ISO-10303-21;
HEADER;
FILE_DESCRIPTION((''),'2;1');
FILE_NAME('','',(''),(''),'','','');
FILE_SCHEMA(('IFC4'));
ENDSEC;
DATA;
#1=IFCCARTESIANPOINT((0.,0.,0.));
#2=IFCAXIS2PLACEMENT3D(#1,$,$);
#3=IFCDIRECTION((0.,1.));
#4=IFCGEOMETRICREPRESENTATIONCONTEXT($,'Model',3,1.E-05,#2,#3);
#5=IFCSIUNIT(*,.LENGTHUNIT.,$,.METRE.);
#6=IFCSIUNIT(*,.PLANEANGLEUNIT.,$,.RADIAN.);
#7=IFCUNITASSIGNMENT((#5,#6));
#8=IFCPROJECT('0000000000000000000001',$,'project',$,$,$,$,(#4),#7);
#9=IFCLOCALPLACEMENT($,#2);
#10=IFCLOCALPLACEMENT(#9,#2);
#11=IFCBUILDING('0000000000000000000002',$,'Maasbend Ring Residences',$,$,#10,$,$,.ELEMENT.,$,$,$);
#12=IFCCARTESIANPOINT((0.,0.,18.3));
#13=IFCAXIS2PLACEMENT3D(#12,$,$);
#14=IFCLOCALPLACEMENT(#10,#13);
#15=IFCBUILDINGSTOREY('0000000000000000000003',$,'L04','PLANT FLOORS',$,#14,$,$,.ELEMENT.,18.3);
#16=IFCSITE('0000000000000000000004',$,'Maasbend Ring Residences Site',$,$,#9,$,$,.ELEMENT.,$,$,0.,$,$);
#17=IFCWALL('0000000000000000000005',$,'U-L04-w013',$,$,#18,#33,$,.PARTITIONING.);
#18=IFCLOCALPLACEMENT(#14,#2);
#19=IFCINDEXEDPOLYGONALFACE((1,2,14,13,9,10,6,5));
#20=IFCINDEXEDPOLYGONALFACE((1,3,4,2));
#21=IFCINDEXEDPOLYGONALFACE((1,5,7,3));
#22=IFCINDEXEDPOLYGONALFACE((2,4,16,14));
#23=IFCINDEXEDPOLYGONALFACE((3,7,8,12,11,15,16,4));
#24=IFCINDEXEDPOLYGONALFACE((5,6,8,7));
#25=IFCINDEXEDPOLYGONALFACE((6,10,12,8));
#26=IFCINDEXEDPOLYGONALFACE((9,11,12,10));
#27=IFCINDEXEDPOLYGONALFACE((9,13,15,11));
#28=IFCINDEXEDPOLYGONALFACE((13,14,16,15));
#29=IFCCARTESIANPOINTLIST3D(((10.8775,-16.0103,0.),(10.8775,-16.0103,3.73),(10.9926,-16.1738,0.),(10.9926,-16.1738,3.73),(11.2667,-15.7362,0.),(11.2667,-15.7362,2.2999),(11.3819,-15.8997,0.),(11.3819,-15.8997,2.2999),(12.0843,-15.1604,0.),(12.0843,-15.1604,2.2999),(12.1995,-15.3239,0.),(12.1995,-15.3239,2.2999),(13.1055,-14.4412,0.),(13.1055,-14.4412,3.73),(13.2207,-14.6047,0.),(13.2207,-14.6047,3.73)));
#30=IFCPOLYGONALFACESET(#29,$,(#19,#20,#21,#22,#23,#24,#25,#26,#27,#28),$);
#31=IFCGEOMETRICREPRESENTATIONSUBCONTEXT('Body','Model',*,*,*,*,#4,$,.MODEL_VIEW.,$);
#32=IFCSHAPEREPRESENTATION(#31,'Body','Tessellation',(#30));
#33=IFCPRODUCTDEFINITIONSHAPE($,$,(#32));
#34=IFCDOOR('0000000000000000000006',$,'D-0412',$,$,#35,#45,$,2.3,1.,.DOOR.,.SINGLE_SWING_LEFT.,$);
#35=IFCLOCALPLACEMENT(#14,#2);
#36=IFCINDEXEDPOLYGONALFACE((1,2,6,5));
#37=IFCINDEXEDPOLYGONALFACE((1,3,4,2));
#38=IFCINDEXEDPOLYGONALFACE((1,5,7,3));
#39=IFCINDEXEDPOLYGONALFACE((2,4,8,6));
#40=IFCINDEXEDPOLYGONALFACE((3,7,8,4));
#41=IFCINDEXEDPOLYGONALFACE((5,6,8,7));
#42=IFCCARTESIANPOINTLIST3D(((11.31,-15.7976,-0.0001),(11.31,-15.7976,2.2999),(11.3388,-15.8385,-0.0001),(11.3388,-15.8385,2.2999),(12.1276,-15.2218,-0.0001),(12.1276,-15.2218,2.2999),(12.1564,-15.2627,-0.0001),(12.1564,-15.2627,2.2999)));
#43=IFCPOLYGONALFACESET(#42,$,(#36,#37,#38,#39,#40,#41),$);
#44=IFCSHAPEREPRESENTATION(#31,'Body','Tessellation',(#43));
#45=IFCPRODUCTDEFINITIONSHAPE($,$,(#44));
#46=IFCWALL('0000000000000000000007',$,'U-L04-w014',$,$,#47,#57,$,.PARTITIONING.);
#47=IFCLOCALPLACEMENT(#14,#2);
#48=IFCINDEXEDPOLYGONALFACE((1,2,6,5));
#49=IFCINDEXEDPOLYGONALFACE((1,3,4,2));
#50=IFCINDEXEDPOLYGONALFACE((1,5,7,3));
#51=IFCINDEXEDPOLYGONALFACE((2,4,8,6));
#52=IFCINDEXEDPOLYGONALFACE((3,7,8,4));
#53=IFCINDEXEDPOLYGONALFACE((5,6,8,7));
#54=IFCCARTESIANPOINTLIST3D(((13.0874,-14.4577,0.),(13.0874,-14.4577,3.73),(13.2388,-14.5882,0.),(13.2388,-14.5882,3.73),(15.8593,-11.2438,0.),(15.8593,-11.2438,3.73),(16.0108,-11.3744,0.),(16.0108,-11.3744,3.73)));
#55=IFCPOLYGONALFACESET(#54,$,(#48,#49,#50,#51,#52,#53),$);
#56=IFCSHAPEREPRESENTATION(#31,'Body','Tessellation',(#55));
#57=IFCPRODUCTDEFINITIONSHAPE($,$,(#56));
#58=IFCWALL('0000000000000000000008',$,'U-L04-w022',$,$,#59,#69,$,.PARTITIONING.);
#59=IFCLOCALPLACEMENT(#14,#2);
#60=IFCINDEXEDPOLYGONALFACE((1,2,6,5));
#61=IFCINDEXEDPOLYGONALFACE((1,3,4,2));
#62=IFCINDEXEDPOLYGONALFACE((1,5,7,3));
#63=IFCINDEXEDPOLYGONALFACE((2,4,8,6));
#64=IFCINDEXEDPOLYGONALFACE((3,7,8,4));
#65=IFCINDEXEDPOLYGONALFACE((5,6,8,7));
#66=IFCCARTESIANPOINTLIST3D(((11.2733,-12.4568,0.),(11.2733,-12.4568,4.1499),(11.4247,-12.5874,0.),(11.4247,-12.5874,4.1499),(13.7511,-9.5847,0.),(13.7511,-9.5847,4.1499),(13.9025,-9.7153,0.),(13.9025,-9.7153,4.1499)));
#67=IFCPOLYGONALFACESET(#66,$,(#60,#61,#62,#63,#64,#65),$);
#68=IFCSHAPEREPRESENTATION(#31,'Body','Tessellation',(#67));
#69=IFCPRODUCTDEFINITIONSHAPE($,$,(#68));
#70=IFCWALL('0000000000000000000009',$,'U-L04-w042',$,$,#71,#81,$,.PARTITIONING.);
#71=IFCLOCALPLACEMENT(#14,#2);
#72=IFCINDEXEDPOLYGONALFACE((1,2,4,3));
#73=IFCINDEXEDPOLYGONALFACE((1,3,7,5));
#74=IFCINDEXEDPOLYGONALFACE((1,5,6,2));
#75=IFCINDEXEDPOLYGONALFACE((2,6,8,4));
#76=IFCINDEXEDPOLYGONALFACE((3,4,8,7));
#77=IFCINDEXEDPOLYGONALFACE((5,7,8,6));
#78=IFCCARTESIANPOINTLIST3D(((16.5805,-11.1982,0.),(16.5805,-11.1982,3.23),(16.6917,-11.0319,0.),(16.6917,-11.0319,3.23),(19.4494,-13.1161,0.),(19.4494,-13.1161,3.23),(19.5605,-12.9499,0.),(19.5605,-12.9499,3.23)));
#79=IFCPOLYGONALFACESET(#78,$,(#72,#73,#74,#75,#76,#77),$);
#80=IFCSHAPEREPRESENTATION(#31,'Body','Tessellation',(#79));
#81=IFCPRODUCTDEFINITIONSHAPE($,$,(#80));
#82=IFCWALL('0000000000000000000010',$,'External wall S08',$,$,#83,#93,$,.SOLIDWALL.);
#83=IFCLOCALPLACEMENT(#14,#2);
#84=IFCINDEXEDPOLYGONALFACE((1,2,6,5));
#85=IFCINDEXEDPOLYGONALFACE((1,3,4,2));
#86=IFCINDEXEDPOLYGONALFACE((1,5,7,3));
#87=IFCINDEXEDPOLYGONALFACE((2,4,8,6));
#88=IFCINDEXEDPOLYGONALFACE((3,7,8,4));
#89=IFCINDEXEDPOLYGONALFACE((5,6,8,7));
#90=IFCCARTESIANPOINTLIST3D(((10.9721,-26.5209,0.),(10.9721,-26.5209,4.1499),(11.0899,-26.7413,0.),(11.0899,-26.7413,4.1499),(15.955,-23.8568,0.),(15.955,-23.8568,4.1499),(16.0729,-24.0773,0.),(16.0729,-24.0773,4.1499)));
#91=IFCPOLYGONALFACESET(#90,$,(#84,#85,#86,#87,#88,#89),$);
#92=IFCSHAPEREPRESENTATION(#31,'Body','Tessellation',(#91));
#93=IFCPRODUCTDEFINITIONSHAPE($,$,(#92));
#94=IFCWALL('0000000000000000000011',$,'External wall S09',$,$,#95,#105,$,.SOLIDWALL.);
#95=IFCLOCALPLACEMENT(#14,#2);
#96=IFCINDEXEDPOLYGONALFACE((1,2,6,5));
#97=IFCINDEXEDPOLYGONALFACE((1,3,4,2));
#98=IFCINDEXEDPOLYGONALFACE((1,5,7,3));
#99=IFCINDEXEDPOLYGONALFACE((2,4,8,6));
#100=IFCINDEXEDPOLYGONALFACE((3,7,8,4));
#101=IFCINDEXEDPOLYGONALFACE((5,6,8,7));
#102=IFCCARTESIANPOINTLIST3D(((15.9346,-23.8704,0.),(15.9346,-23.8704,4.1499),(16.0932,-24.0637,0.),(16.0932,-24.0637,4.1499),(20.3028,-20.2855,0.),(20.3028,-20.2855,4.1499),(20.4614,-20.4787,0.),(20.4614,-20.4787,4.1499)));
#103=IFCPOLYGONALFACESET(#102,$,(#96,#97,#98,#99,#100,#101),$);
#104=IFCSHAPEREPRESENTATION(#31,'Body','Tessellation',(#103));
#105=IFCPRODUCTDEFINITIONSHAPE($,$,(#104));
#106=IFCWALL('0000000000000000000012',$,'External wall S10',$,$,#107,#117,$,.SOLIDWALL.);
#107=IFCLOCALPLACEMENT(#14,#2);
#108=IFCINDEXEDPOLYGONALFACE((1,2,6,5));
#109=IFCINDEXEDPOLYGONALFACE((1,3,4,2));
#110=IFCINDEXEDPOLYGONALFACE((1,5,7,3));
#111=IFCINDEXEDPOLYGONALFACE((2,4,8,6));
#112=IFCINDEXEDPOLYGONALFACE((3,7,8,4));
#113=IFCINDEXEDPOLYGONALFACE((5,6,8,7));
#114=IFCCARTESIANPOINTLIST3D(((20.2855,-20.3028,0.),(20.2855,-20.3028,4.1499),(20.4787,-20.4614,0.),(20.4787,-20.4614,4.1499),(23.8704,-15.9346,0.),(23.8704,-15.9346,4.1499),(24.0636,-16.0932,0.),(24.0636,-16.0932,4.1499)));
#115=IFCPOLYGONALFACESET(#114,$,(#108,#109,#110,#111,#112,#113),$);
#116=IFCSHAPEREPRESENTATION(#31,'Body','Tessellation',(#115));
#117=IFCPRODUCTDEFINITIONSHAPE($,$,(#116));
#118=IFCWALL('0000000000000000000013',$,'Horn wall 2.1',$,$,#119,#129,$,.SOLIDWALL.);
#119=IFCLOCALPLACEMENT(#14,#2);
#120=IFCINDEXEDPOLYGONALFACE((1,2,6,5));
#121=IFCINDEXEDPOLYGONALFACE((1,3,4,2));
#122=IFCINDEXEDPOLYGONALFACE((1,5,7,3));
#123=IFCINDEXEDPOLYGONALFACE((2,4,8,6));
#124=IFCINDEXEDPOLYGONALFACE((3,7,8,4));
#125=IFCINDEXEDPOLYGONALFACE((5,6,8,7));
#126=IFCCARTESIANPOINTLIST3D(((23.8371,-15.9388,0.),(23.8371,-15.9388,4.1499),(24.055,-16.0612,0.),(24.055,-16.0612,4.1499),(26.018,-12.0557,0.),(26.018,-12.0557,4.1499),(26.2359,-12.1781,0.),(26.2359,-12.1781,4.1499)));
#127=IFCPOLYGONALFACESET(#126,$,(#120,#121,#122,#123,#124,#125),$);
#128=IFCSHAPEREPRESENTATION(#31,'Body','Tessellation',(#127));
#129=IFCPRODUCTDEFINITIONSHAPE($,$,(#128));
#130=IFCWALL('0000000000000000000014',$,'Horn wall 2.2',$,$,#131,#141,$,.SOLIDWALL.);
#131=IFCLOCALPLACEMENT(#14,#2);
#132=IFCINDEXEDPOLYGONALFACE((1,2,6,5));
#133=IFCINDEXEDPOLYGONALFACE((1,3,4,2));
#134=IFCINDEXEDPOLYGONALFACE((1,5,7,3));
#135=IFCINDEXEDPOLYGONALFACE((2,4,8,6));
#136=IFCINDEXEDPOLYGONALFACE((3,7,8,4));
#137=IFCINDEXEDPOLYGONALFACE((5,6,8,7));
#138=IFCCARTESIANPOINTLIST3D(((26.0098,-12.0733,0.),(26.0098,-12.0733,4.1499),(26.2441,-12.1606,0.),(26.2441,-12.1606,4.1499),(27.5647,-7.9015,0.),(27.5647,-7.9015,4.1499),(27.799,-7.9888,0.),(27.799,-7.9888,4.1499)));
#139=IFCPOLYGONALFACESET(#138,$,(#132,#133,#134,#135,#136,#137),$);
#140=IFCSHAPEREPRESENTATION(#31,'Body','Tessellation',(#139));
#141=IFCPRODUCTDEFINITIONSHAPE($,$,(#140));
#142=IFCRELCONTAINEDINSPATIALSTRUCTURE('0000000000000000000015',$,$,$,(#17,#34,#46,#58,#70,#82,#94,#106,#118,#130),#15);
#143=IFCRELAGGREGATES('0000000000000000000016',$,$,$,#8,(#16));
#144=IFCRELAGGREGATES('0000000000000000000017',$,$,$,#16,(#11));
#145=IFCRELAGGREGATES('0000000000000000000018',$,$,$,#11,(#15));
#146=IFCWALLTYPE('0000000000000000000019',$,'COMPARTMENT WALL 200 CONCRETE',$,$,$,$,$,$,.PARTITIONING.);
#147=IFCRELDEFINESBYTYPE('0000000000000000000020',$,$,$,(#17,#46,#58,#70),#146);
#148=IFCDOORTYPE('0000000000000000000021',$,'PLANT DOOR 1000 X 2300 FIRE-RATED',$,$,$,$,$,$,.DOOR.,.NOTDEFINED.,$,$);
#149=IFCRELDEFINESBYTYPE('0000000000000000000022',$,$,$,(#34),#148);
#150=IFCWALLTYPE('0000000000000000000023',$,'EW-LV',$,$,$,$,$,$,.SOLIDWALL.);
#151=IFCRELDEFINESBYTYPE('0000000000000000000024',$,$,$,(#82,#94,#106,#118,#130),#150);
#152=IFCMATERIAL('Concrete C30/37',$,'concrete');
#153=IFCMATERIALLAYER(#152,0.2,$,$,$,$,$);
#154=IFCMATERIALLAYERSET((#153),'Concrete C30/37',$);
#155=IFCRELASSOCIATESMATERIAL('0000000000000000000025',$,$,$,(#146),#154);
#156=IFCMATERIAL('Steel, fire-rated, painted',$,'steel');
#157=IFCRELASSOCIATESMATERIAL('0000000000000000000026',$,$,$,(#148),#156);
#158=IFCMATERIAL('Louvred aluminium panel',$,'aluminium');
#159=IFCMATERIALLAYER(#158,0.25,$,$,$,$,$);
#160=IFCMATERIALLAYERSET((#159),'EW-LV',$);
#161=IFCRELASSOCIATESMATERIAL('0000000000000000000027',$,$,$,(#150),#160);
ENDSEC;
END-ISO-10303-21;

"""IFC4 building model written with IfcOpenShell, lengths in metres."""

from ifc_helpers import new_model, si_unit, direction, frame, frame_2d, origin, place, context, subcontext, project, spatial, rectangle, extrude, material, layer, layer_set, type_object, element, fill, save


model = new_model("IFC4")

# Units and contexts
model_context = context("Model", 3, precision=1e-05, world=origin(), true_north=direction((0.0, 1.0)))
body_context = subcontext(model_context, "Body", "Model", "MODEL_VIEW")
ifc_project = project(units=[si_unit("LENGTHUNIT", "METRE"), si_unit("PLANEANGLEUNIT", "RADIAN")], contexts=[model_context])

# Site, building, storey
site_placement = place(None, origin())
site = spatial("IfcSite", under=ifc_project, at=site_placement, Name="Maasbend Ring Residences Site", CompositionType="ELEMENT", RefElevation=0.0)
building_placement = place(site_placement, origin())
building = spatial("IfcBuilding", under=site, at=building_placement, Name="Maasbend Ring Residences", CompositionType="ELEMENT")
storey_placement = place(building_placement, frame((0.0, 0.0, 18.3)))
storey = spatial("IfcBuildingStorey", under=building, at=storey_placement, Name="L04", Description="PLANT FLOORS", CompositionType="ELEMENT", Elevation=18.3)

# Wall, opening, door
ifc_material_1 = material(Name="Concrete C30/37", Category="concrete")
ifc_layer_1 = layer(ifc_material_1, 0.2)
ifc_layer_set_1 = layer_set([ifc_layer_1], Name="Concrete C30/37")
wall_type_1 = type_object("IfcWallType", Name="COMPARTMENT WALL 200 CONCRETE", PredefinedType="PARTITIONING", material=ifc_layer_set_1)
wall_1_placement = place(storey_placement, frame((10.9351, -16.092, 0.0), z_axis=(0.0, 0.0, 1.0), x_axis=(0.817596, 0.575793, 0.0)))
wall_1 = element("IfcWall", 1, at=wall_1_placement, inside=storey, type_object=wall_type_1, Name="U-L04-w013", PredefinedType="PARTITIONING", context=body_context, shape_type="SweptSolid", body=[
    extrude(rectangle(XDim=2.7251, YDim=0.2, at=frame_2d((1.3625, 0.0))), origin(), (0.0, 0.0, 1.0), 3.73),
])
opening_placement = place(wall_1_placement, frame((0.4761, 0.0, 0.0)))
opening = element("IfcOpeningElement", 2, at=opening_placement, cuts=wall_1, PredefinedType="OPENING", context=body_context, shape_type="SweptSolid", body=[
    extrude(rectangle(XDim=1.0, YDim=2.3, at=frame_2d((0.5, 1.1499))), frame((0.0, 0.1099, 0.0), z_axis=(0.0, -1.0, 0.0), x_axis=(1.0, 0.0, 0.0)), (0.0, 0.0, 1.0), 0.22),
])
ifc_material_2 = material(Name="Steel, fire-rated, painted", Category="steel")
door_type = type_object("IfcDoorType", Name="PLANT DOOR 1000 X 2300 FIRE-RATED", OperationType="NOTDEFINED", PredefinedType="DOOR", material=ifc_material_2)
door_placement = place(opening_placement, origin())
door = element("IfcDoor", 3, at=door_placement, inside=storey, type_object=door_type, Name="D-0412", OperationType="SINGLE_SWING_LEFT", OverallHeight=2.3, OverallWidth=1.0, PredefinedType="DOOR", context=body_context, shape_type="SweptSolid", body=[
    extrude(rectangle(XDim=1.0, YDim=2.3, at=frame_2d((0.5, 1.1499))), frame((0.0, 0.0249, 0.0), z_axis=(0.0, -1.0, 0.0), x_axis=(1.0, 0.0, 0.0)), (0.0, 0.0, 1.0), 0.05),
])
fill(opening, door)

# Walls
wall_2_placement = place(storey_placement, frame((13.1631, -14.5229, 0.0), z_axis=(0.0, 0.0, 1.0), x_axis=(0.653128, 0.757247, 0.0)))
element("IfcWall", 4, at=wall_2_placement, inside=storey, type_object=wall_type_1, Name="U-L04-w014", PredefinedType="PARTITIONING", context=body_context, shape_type="SweptSolid", body=[
    extrude(rectangle(XDim=4.2441, YDim=0.2, at=frame_2d((2.1221, 0.0))), origin(), (0.0, 0.0, 1.0), 3.73),
])
wall_3_placement = place(storey_placement, frame((11.3491, -12.522, 0.0), z_axis=(0.0, 0.0, 1.0), x_axis=(0.653221, 0.757167, 0.0)))
element("IfcWall", 5, at=wall_3_placement, inside=storey, type_object=wall_type_1, Name="U-L04-w022", PredefinedType="PARTITIONING", context=body_context, shape_type="SweptSolid", body=[
    extrude(rectangle(XDim=3.7932, YDim=0.2, at=frame_2d((1.8965, 0.0))), origin(), (0.0, 0.0, 1.0), 4.1499),
])
wall_4_placement = place(storey_placement, frame((16.636, -11.115, 0.0), z_axis=(0.0, 0.0, 1.0), x_axis=(0.831331, -0.555777, 0.0)))
element("IfcWall", 6, at=wall_4_placement, inside=storey, type_object=wall_type_1, Name="U-L04-w042", PredefinedType="PARTITIONING", context=body_context, shape_type="SweptSolid", body=[
    extrude(rectangle(XDim=3.4509, YDim=0.2, at=frame_2d((1.7256, 0.0))), origin(), (0.0, 0.0, 1.0), 3.23),
])
ifc_material_3 = material(Name="Louvred aluminium panel", Category="aluminium")
ifc_layer_2 = layer(ifc_material_3, 0.25)
ifc_layer_set_2 = layer_set([ifc_layer_2], Name="EW-LV")
wall_type_2 = type_object("IfcWallType", Name="EW-LV", PredefinedType="SOLIDWALL", material=ifc_layer_set_2)
wall_5_placement = place(storey_placement, frame((11.031, -26.6311, 0.0), z_axis=(0.0, 0.0, 1.0), x_axis=(0.881874, 0.471485, 0.0)))
element("IfcWall", 7, at=wall_5_placement, inside=storey, type_object=wall_type_2, Name="External wall S08", PredefinedType="SOLIDWALL", context=body_context, shape_type="SweptSolid", body=[
    extrude(rectangle(XDim=5.6504, YDim=0.25, at=frame_2d((2.8252, 0.0))), origin(), (0.0, 0.0, 1.0), 4.1499),
])
for number, where, z_axis, x_axis, name in (
    (8, (16.0139, -23.967, 0.0), (0.0, 0.0, 1.0), (0.773002, 0.634404, 0.0), "External wall S09"),
    (9, (20.3821, -20.3821, 0.0), (0.0, 0.0, 1.0), (0.634404, 0.773002, 0.0), "External wall S10"),
):
    element("IfcWall", number, at=place(storey_placement, frame(where, z_axis=z_axis, x_axis=x_axis)), inside=storey, type_object=wall_type_2, Name=name, PredefinedType="SOLIDWALL", context=body_context, shape_type="SweptSolid", body=[
        extrude(rectangle(XDim=5.6509, YDim=0.25, at=frame_2d((2.8254, 0.0))), origin(), (0.0, 0.0, 1.0), 4.1499),
    ])
wall_6_placement = place(storey_placement, frame((23.946, -16.0, 0.0), z_axis=(0.0, 0.0, 1.0), x_axis=(0.489696, 0.871893, 0.0)))
element("IfcWall", 10, at=wall_6_placement, inside=storey, type_object=wall_type_2, Name="Horn wall 2.1", PredefinedType="SOLIDWALL", context=body_context, shape_type="SweptSolid", body=[
    extrude(rectangle(XDim=4.4536, YDim=0.25, at=frame_2d((2.2268, 0.0))), origin(), (0.0, 0.0, 1.0), 4.1499),
])
wall_7_placement = place(storey_placement, frame((26.127, -12.1169, 0.0), z_axis=(0.0, 0.0, 1.0), x_axis=(0.349248, 0.93703, 0.0)))
element("IfcWall", 11, at=wall_7_placement, inside=storey, type_object=wall_type_2, Name="Horn wall 2.2", PredefinedType="SOLIDWALL", context=body_context, shape_type="SweptSolid", body=[
    extrude(rectangle(XDim=4.4521, YDim=0.25, at=frame_2d((2.2261, 0.0))), origin(), (0.0, 0.0, 1.0), 4.1499),
])

save(model, "model.ifc")
